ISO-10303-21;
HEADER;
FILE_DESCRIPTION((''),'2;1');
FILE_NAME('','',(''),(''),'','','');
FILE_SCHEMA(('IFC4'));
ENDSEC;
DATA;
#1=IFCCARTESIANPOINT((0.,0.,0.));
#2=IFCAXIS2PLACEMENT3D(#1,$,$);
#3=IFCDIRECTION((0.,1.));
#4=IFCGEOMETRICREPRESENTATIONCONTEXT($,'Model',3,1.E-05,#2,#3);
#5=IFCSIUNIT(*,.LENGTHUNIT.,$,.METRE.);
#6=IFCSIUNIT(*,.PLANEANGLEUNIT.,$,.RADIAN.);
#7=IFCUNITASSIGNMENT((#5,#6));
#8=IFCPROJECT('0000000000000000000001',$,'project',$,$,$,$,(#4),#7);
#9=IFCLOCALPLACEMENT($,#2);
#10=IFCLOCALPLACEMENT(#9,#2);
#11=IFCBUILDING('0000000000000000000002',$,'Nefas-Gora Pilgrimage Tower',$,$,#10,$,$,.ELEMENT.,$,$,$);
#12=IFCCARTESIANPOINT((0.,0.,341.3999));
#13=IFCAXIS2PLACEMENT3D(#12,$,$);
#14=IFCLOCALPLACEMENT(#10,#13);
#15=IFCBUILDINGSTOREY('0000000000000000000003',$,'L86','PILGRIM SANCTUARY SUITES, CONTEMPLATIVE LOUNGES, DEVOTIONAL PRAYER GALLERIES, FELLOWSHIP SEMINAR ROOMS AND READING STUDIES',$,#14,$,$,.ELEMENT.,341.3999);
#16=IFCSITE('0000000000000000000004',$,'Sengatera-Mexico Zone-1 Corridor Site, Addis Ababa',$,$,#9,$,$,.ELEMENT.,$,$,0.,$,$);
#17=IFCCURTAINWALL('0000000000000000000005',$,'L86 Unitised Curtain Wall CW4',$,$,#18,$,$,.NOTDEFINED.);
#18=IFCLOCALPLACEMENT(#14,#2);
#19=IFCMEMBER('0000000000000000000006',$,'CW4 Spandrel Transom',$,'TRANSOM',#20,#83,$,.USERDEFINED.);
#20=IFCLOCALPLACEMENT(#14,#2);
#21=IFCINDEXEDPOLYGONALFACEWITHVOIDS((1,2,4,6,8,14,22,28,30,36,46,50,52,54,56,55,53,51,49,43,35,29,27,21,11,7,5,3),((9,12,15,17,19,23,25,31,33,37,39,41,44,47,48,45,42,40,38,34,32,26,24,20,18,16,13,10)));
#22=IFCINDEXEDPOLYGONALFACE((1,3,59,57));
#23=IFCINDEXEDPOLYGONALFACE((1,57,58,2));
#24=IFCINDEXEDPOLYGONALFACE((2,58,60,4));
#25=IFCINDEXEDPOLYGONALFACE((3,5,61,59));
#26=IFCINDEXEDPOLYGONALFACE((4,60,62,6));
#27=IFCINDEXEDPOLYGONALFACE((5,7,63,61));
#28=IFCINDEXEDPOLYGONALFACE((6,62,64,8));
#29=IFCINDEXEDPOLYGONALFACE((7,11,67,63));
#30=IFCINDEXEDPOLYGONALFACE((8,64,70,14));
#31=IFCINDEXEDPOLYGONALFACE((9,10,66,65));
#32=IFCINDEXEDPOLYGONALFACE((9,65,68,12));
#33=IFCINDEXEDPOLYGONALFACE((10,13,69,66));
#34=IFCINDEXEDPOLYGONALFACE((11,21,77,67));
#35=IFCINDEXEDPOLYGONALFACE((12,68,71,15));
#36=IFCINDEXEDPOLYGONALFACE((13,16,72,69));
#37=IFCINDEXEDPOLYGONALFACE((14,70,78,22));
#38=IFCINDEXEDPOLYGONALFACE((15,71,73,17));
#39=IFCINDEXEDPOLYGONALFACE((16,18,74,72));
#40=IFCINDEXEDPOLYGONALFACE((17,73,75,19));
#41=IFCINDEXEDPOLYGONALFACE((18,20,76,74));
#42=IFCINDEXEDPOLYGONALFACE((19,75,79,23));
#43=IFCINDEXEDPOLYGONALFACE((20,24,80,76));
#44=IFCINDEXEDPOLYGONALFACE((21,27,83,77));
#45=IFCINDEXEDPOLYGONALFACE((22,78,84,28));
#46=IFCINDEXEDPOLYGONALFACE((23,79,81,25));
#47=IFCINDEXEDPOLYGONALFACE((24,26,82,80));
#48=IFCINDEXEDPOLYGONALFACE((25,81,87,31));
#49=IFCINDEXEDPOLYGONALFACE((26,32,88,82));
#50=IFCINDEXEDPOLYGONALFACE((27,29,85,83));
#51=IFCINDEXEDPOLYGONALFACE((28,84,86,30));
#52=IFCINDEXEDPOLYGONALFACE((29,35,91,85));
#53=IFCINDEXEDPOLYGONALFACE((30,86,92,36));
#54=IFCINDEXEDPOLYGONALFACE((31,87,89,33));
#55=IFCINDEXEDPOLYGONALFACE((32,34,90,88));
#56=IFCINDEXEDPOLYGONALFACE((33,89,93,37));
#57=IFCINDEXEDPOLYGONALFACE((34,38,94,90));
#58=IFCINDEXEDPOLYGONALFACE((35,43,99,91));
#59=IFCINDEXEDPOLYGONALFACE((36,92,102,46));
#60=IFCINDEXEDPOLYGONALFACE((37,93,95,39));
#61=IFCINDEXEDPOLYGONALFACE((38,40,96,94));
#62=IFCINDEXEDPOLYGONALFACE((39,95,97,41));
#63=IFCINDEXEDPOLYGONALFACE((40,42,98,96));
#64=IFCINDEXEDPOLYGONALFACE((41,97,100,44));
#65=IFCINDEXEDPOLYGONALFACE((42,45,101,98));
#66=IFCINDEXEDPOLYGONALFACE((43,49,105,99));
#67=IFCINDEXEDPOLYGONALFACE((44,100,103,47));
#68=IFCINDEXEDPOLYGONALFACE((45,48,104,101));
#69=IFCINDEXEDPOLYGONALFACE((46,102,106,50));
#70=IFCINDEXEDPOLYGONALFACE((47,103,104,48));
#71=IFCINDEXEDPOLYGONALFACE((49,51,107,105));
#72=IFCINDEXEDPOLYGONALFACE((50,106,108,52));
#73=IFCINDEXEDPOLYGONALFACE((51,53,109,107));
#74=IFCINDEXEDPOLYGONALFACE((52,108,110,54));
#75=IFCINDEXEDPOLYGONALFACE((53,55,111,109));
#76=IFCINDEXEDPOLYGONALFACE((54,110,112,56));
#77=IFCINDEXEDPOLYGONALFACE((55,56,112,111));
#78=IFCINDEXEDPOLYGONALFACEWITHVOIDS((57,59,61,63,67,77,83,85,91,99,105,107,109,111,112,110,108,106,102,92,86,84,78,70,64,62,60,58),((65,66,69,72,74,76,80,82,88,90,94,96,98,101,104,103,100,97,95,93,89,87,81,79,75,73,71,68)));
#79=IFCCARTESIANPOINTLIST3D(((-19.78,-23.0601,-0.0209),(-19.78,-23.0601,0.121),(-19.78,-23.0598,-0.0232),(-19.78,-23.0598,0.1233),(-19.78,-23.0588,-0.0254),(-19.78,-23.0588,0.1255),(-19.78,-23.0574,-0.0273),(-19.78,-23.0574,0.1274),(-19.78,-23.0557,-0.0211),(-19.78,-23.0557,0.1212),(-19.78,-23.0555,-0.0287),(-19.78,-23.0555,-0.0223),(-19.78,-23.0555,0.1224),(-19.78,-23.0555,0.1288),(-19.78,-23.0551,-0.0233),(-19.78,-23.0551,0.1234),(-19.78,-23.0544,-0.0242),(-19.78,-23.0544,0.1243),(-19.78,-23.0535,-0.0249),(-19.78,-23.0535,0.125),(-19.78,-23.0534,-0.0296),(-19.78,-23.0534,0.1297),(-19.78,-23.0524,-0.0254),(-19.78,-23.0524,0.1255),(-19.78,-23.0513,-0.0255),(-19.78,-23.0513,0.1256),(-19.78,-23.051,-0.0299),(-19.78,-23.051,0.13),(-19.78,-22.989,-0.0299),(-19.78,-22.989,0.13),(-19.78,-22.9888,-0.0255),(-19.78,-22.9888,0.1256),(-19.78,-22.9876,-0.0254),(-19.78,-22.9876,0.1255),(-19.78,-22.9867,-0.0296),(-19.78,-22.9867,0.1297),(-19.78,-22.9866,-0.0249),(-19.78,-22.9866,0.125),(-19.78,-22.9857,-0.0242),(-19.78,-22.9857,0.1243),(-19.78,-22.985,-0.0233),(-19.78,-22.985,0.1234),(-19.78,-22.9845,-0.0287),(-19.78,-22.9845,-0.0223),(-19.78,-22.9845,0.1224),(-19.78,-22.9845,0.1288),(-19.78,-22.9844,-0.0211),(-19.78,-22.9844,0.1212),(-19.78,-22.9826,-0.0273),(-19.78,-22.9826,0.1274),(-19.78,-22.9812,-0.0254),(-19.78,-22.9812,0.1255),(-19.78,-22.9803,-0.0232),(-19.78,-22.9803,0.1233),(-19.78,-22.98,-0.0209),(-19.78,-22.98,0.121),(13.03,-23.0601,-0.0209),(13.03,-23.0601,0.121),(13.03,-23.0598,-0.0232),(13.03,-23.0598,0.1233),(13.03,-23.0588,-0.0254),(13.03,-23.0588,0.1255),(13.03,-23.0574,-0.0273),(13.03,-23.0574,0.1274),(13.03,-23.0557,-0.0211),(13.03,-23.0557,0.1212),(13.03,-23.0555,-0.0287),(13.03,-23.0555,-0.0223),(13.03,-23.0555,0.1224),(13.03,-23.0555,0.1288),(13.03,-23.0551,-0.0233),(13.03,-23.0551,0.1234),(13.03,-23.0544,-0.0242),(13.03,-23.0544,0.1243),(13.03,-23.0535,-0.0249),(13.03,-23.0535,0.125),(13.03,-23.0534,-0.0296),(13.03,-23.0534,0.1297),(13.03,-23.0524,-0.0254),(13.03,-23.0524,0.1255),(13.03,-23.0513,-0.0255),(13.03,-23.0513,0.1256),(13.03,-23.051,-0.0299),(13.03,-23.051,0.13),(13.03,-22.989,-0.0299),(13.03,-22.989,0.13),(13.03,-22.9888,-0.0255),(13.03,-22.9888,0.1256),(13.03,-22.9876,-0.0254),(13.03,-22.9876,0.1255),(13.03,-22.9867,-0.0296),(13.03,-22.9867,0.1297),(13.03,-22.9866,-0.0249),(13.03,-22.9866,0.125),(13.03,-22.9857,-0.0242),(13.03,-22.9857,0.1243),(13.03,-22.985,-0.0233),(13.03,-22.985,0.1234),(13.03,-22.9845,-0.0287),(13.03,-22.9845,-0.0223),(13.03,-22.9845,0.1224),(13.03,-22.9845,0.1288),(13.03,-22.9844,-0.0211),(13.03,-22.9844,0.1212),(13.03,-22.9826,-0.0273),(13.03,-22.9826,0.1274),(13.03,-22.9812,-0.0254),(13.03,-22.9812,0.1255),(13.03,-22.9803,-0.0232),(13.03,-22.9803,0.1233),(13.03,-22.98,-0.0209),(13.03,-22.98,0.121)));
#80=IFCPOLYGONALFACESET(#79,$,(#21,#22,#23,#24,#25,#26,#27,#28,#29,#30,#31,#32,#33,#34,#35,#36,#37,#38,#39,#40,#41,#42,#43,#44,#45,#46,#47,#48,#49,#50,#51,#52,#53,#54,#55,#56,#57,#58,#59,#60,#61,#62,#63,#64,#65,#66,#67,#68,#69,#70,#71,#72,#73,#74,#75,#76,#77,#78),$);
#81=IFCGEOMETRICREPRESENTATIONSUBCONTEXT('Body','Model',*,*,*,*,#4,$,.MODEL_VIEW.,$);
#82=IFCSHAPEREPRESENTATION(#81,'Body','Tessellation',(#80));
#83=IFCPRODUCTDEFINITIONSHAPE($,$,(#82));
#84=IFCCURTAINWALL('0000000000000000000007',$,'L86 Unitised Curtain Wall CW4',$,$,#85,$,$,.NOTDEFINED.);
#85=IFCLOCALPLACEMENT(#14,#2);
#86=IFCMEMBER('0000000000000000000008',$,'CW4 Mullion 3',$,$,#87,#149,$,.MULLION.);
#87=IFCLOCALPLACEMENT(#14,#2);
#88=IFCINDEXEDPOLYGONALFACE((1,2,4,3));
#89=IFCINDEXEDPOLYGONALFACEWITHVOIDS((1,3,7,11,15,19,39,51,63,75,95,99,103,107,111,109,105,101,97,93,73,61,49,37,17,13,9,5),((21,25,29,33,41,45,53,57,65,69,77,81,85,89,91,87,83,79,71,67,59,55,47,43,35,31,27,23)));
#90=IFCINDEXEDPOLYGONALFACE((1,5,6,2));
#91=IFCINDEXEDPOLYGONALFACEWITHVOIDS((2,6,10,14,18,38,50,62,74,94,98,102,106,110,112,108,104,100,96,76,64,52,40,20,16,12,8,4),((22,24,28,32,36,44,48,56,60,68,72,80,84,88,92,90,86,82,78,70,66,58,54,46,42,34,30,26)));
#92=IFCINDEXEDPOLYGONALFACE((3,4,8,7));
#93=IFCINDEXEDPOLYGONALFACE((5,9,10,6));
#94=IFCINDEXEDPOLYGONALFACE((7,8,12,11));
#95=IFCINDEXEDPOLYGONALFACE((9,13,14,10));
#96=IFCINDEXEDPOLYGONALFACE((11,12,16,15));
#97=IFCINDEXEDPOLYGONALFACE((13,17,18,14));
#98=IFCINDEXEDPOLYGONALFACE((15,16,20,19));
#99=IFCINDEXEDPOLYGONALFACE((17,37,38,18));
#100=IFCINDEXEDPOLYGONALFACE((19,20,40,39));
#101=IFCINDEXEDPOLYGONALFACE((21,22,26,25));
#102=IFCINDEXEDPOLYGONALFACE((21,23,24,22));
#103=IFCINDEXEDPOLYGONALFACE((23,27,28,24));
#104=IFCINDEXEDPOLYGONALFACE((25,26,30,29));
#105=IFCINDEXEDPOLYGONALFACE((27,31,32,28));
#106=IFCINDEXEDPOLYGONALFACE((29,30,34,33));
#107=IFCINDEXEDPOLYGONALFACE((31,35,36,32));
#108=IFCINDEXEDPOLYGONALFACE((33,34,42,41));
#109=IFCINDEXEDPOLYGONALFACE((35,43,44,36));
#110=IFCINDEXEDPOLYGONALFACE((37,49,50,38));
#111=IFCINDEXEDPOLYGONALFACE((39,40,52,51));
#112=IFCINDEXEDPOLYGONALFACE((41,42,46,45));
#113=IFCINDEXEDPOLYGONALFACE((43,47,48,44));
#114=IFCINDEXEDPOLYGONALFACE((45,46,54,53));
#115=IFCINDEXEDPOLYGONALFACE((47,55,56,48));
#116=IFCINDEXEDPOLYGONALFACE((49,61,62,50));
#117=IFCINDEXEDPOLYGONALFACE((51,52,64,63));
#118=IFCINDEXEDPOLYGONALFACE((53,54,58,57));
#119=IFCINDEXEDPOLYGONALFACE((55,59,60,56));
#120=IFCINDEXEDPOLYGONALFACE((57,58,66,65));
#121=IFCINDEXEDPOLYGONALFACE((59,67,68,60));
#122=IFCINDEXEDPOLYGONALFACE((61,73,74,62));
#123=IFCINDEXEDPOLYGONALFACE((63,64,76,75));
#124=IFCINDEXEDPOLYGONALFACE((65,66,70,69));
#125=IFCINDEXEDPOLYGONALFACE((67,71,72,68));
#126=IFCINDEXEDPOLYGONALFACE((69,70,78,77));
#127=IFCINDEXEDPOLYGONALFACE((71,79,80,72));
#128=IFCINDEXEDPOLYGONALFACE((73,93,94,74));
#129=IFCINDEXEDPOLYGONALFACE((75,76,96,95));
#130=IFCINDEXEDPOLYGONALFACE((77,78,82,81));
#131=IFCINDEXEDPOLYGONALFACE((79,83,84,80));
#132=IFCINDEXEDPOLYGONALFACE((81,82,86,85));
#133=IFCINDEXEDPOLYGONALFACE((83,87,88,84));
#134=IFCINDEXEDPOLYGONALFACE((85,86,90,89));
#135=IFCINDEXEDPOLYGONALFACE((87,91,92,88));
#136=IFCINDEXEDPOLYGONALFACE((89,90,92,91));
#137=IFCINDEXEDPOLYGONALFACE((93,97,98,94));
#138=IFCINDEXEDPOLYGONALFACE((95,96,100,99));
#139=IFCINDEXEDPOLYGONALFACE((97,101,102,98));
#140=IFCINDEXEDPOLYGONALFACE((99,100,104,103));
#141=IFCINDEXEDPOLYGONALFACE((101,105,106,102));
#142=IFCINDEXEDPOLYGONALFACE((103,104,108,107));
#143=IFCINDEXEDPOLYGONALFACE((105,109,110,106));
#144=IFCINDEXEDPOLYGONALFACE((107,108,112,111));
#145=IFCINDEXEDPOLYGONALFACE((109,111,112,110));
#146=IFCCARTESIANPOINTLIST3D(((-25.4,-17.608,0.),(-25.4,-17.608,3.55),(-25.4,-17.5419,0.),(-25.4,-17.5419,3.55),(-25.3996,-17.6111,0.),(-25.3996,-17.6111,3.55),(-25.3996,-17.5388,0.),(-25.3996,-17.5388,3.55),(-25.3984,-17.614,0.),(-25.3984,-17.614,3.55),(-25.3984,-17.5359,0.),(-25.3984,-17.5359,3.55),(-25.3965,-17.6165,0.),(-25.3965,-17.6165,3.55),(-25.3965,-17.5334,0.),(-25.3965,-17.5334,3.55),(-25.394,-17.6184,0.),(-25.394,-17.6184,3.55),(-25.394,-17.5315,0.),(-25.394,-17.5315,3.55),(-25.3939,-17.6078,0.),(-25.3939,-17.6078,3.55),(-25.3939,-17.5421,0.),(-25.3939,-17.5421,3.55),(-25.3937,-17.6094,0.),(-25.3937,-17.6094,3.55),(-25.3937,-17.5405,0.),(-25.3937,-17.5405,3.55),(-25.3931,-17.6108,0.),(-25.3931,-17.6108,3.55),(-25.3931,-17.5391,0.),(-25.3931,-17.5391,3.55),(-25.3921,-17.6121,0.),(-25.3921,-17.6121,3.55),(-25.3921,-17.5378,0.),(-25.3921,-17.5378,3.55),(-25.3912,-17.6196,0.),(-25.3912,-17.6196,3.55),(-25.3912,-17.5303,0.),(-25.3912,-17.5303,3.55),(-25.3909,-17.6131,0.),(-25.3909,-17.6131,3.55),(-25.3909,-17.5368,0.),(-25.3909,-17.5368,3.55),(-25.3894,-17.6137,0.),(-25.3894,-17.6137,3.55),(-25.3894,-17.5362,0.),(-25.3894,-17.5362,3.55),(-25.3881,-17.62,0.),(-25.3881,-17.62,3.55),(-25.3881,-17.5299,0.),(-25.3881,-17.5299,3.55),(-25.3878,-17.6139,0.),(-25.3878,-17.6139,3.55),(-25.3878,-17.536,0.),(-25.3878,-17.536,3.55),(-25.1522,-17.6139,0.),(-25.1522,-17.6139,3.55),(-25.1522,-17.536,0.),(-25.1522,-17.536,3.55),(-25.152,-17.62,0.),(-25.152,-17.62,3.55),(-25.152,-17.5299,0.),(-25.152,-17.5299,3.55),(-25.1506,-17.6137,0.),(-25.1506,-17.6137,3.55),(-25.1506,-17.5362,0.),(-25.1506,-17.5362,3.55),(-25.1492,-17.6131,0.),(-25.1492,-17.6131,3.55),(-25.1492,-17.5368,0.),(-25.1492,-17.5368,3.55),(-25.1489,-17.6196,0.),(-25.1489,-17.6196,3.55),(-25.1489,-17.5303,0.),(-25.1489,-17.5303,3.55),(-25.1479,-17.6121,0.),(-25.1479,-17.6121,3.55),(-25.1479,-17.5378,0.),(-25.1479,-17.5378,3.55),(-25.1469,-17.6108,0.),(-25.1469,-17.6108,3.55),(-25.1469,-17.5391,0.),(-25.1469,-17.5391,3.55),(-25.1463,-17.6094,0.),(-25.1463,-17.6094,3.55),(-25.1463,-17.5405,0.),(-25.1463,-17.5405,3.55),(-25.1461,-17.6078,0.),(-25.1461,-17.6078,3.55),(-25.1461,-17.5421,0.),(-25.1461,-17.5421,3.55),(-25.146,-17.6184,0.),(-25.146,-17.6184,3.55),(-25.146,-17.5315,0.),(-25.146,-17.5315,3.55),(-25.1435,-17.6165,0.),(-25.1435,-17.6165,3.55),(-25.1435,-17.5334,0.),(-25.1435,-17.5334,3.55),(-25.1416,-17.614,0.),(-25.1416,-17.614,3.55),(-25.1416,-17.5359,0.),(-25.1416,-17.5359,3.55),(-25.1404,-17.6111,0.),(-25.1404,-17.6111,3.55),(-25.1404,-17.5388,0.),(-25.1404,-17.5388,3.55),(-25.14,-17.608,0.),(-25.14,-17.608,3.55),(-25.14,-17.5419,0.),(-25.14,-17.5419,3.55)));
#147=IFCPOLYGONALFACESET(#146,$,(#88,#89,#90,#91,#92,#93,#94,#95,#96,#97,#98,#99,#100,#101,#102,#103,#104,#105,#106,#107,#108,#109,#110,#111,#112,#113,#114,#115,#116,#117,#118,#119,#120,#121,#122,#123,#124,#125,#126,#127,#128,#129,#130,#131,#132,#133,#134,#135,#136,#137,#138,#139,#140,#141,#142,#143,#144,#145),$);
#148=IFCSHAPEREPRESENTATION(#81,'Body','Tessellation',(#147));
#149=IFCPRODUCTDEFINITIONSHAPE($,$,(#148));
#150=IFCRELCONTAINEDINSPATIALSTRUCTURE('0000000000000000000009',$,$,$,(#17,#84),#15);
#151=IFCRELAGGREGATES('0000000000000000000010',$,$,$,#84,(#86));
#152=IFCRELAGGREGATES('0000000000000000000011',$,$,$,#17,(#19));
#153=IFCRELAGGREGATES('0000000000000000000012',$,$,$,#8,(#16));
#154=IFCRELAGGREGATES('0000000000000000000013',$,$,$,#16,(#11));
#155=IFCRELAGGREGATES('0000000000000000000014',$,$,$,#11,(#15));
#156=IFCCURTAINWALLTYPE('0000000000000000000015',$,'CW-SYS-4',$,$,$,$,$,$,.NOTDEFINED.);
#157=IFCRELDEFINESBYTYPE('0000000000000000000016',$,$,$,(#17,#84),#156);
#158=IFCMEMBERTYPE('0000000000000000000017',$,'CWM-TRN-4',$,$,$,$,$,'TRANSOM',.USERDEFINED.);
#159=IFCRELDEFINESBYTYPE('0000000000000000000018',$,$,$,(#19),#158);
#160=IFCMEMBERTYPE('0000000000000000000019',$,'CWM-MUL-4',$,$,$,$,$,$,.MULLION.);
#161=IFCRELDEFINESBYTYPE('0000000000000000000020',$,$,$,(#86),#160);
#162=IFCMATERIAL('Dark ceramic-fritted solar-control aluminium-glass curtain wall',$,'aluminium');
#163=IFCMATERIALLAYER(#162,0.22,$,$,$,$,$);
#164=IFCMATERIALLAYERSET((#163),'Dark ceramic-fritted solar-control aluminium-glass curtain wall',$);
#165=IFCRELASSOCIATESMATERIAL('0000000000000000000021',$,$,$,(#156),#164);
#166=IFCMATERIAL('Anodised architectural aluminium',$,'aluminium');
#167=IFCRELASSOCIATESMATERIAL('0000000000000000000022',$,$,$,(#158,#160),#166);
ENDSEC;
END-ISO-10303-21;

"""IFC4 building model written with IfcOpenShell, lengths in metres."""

from ifc_helpers import new_model, si_unit, direction, frame, origin, origin_2d, place, context, subcontext, project, spatial, hollow_rectangle, extrude, source, transform, mapped, material, layer, layer_set, material_profile, profile_set, type_object, element, aggregate, save


model = new_model("IFC4")

# Units and contexts
model_context = context("Model", 3, precision=1e-05, world=origin(), true_north=direction((0.0, 1.0)))
body_context = subcontext(model_context, "Body", "Model", "MODEL_VIEW")
ifc_project = project(units=[si_unit("LENGTHUNIT", "METRE"), si_unit("PLANEANGLEUNIT", "RADIAN")], contexts=[model_context])

# Site, building, storey
site_placement = place(None, origin())
site = spatial("IfcSite", under=ifc_project, at=site_placement, Name="Sengatera-Mexico Zone-1 Corridor Site, Addis Ababa", CompositionType="ELEMENT", RefElevation=0.0)
building_placement = place(site_placement, origin())
building = spatial("IfcBuilding", under=site, at=building_placement, Name="Nefas-Gora Pilgrimage Tower", CompositionType="ELEMENT")
storey_placement = place(building_placement, frame((0.0, 0.0, 341.3999)))
storey = spatial("IfcBuildingStorey", under=building, at=storey_placement, Name="L86", Description="PILGRIM SANCTUARY SUITES, CONTEMPLATIVE LOUNGES, DEVOTIONAL PRAYER GALLERIES, FELLOWSHIP SEMINAR ROOMS AND READING STUDIES", CompositionType="ELEMENT", Elevation=341.3999)

# Curtain walls, members
ifc_material_1 = material(Name="Dark ceramic-fritted solar-control aluminium-glass curtain wall", Category="aluminium")
ifc_layer_1 = layer(ifc_material_1, 0.22)
ifc_layer_set_1 = layer_set([ifc_layer_1], Name="Dark ceramic-fritted solar-control aluminium-glass curtain wall")
curtain_wall_type = type_object("IfcCurtainWallType", Name="CW-SYS-4", PredefinedType="NOTDEFINED", material=ifc_layer_set_1)
curtain_wall_1_placement = place(storey_placement, origin())
curtain_wall_1 = element("IfcCurtainWall", 1, at=curtain_wall_1_placement, inside=storey, type_object=curtain_wall_type, Name="L86 Unitised Curtain Wall CW4", PredefinedType="NOTDEFINED")
ifc_material_2 = material(Name="Anodised architectural aluminium", Category="aluminium")
ifc_material_profile_1 = material_profile(ifc_material_2, hollow_rectangle(XDim=0.0801, YDim=0.1599, WallThickness=0.0044, InnerFilletRadius=0.0044, OuterFilletRadius=0.009, at=origin_2d()), Name="ALU TRANSOM 80x160")
ifc_profile_set_1 = profile_set([ifc_material_profile_1], Name="Anodised architectural aluminium")
member_type_1 = type_object("IfcMemberType", Name="CWM-TRN-4", ElementType="TRANSOM", PredefinedType="USERDEFINED", material=ifc_profile_set_1)
shared_shape_1 = source(origin(), body_context, "Body", "SweptSolid", [
    extrude(hollow_rectangle(XDim=0.0801, YDim=0.1599, WallThickness=0.0044, InnerFilletRadius=0.0044, OuterFilletRadius=0.009, at=origin_2d()), origin(), (0.0, 0.0, 1.0), 32.8101),
])
member_1_placement = place(storey_placement, frame((-19.78, -23.02, 0.05), z_axis=(1.0, 0.0, 0.0), x_axis=(0.0, 1.0, 0.0)))
member_1 = element("IfcMember", 2, at=member_1_placement, type_object=member_type_1, Name="CW4 Spandrel Transom", ObjectType="TRANSOM", PredefinedType="USERDEFINED", context=body_context, shape_type="MappedRepresentation", body=[
    mapped(shared_shape_1, transform((0.0, 0.0, 0.0), x_axis=(1.0, 0.0, 0.0), y_axis=(0.0, 1.0, 0.0), z_axis=(0.0, 0.0, 1.0), scale=1.0)),
])
curtain_wall_2_placement = place(storey_placement, origin())
curtain_wall_2 = element("IfcCurtainWall", 3, at=curtain_wall_2_placement, inside=storey, type_object=curtain_wall_type, Name="L86 Unitised Curtain Wall CW4", PredefinedType="NOTDEFINED")
ifc_material_profile_2 = material_profile(ifc_material_2, hollow_rectangle(XDim=0.0901, YDim=0.26, WallThickness=0.0061, InnerFilletRadius=0.0061, OuterFilletRadius=0.012, at=origin_2d()), Name="ALU MULLION 90x260")
ifc_profile_set_2 = profile_set([ifc_material_profile_2], Name="Anodised architectural aluminium")
member_type_2 = type_object("IfcMemberType", Name="CWM-MUL-4", PredefinedType="MULLION", material=ifc_profile_set_2)
shared_shape_2 = source(origin(), body_context, "Body", "SweptSolid", [
    extrude(hollow_rectangle(XDim=0.0901, YDim=0.26, WallThickness=0.0061, InnerFilletRadius=0.0061, OuterFilletRadius=0.012, at=origin_2d()), origin(), (0.0, 0.0, 1.0), 3.55),
])
member_2_placement = place(storey_placement, frame((-25.27, -17.575, 0.0), z_axis=(0.0, 0.0, 1.0), x_axis=(0.0, -1.0, 0.0)))
member_2 = element("IfcMember", 4, at=member_2_placement, type_object=member_type_2, Name="CW4 Mullion 3", PredefinedType="MULLION", context=body_context, shape_type="MappedRepresentation", body=[
    mapped(shared_shape_2, transform((0.0, 0.0, 0.0), x_axis=(1.0, 0.0, 0.0), y_axis=(0.0, 1.0, 0.0), z_axis=(0.0, 0.0, 1.0), scale=1.0)),
])
aggregate(curtain_wall_2, [member_2])

aggregate(curtain_wall_1, [member_1])

save(model, "model.ifc")
